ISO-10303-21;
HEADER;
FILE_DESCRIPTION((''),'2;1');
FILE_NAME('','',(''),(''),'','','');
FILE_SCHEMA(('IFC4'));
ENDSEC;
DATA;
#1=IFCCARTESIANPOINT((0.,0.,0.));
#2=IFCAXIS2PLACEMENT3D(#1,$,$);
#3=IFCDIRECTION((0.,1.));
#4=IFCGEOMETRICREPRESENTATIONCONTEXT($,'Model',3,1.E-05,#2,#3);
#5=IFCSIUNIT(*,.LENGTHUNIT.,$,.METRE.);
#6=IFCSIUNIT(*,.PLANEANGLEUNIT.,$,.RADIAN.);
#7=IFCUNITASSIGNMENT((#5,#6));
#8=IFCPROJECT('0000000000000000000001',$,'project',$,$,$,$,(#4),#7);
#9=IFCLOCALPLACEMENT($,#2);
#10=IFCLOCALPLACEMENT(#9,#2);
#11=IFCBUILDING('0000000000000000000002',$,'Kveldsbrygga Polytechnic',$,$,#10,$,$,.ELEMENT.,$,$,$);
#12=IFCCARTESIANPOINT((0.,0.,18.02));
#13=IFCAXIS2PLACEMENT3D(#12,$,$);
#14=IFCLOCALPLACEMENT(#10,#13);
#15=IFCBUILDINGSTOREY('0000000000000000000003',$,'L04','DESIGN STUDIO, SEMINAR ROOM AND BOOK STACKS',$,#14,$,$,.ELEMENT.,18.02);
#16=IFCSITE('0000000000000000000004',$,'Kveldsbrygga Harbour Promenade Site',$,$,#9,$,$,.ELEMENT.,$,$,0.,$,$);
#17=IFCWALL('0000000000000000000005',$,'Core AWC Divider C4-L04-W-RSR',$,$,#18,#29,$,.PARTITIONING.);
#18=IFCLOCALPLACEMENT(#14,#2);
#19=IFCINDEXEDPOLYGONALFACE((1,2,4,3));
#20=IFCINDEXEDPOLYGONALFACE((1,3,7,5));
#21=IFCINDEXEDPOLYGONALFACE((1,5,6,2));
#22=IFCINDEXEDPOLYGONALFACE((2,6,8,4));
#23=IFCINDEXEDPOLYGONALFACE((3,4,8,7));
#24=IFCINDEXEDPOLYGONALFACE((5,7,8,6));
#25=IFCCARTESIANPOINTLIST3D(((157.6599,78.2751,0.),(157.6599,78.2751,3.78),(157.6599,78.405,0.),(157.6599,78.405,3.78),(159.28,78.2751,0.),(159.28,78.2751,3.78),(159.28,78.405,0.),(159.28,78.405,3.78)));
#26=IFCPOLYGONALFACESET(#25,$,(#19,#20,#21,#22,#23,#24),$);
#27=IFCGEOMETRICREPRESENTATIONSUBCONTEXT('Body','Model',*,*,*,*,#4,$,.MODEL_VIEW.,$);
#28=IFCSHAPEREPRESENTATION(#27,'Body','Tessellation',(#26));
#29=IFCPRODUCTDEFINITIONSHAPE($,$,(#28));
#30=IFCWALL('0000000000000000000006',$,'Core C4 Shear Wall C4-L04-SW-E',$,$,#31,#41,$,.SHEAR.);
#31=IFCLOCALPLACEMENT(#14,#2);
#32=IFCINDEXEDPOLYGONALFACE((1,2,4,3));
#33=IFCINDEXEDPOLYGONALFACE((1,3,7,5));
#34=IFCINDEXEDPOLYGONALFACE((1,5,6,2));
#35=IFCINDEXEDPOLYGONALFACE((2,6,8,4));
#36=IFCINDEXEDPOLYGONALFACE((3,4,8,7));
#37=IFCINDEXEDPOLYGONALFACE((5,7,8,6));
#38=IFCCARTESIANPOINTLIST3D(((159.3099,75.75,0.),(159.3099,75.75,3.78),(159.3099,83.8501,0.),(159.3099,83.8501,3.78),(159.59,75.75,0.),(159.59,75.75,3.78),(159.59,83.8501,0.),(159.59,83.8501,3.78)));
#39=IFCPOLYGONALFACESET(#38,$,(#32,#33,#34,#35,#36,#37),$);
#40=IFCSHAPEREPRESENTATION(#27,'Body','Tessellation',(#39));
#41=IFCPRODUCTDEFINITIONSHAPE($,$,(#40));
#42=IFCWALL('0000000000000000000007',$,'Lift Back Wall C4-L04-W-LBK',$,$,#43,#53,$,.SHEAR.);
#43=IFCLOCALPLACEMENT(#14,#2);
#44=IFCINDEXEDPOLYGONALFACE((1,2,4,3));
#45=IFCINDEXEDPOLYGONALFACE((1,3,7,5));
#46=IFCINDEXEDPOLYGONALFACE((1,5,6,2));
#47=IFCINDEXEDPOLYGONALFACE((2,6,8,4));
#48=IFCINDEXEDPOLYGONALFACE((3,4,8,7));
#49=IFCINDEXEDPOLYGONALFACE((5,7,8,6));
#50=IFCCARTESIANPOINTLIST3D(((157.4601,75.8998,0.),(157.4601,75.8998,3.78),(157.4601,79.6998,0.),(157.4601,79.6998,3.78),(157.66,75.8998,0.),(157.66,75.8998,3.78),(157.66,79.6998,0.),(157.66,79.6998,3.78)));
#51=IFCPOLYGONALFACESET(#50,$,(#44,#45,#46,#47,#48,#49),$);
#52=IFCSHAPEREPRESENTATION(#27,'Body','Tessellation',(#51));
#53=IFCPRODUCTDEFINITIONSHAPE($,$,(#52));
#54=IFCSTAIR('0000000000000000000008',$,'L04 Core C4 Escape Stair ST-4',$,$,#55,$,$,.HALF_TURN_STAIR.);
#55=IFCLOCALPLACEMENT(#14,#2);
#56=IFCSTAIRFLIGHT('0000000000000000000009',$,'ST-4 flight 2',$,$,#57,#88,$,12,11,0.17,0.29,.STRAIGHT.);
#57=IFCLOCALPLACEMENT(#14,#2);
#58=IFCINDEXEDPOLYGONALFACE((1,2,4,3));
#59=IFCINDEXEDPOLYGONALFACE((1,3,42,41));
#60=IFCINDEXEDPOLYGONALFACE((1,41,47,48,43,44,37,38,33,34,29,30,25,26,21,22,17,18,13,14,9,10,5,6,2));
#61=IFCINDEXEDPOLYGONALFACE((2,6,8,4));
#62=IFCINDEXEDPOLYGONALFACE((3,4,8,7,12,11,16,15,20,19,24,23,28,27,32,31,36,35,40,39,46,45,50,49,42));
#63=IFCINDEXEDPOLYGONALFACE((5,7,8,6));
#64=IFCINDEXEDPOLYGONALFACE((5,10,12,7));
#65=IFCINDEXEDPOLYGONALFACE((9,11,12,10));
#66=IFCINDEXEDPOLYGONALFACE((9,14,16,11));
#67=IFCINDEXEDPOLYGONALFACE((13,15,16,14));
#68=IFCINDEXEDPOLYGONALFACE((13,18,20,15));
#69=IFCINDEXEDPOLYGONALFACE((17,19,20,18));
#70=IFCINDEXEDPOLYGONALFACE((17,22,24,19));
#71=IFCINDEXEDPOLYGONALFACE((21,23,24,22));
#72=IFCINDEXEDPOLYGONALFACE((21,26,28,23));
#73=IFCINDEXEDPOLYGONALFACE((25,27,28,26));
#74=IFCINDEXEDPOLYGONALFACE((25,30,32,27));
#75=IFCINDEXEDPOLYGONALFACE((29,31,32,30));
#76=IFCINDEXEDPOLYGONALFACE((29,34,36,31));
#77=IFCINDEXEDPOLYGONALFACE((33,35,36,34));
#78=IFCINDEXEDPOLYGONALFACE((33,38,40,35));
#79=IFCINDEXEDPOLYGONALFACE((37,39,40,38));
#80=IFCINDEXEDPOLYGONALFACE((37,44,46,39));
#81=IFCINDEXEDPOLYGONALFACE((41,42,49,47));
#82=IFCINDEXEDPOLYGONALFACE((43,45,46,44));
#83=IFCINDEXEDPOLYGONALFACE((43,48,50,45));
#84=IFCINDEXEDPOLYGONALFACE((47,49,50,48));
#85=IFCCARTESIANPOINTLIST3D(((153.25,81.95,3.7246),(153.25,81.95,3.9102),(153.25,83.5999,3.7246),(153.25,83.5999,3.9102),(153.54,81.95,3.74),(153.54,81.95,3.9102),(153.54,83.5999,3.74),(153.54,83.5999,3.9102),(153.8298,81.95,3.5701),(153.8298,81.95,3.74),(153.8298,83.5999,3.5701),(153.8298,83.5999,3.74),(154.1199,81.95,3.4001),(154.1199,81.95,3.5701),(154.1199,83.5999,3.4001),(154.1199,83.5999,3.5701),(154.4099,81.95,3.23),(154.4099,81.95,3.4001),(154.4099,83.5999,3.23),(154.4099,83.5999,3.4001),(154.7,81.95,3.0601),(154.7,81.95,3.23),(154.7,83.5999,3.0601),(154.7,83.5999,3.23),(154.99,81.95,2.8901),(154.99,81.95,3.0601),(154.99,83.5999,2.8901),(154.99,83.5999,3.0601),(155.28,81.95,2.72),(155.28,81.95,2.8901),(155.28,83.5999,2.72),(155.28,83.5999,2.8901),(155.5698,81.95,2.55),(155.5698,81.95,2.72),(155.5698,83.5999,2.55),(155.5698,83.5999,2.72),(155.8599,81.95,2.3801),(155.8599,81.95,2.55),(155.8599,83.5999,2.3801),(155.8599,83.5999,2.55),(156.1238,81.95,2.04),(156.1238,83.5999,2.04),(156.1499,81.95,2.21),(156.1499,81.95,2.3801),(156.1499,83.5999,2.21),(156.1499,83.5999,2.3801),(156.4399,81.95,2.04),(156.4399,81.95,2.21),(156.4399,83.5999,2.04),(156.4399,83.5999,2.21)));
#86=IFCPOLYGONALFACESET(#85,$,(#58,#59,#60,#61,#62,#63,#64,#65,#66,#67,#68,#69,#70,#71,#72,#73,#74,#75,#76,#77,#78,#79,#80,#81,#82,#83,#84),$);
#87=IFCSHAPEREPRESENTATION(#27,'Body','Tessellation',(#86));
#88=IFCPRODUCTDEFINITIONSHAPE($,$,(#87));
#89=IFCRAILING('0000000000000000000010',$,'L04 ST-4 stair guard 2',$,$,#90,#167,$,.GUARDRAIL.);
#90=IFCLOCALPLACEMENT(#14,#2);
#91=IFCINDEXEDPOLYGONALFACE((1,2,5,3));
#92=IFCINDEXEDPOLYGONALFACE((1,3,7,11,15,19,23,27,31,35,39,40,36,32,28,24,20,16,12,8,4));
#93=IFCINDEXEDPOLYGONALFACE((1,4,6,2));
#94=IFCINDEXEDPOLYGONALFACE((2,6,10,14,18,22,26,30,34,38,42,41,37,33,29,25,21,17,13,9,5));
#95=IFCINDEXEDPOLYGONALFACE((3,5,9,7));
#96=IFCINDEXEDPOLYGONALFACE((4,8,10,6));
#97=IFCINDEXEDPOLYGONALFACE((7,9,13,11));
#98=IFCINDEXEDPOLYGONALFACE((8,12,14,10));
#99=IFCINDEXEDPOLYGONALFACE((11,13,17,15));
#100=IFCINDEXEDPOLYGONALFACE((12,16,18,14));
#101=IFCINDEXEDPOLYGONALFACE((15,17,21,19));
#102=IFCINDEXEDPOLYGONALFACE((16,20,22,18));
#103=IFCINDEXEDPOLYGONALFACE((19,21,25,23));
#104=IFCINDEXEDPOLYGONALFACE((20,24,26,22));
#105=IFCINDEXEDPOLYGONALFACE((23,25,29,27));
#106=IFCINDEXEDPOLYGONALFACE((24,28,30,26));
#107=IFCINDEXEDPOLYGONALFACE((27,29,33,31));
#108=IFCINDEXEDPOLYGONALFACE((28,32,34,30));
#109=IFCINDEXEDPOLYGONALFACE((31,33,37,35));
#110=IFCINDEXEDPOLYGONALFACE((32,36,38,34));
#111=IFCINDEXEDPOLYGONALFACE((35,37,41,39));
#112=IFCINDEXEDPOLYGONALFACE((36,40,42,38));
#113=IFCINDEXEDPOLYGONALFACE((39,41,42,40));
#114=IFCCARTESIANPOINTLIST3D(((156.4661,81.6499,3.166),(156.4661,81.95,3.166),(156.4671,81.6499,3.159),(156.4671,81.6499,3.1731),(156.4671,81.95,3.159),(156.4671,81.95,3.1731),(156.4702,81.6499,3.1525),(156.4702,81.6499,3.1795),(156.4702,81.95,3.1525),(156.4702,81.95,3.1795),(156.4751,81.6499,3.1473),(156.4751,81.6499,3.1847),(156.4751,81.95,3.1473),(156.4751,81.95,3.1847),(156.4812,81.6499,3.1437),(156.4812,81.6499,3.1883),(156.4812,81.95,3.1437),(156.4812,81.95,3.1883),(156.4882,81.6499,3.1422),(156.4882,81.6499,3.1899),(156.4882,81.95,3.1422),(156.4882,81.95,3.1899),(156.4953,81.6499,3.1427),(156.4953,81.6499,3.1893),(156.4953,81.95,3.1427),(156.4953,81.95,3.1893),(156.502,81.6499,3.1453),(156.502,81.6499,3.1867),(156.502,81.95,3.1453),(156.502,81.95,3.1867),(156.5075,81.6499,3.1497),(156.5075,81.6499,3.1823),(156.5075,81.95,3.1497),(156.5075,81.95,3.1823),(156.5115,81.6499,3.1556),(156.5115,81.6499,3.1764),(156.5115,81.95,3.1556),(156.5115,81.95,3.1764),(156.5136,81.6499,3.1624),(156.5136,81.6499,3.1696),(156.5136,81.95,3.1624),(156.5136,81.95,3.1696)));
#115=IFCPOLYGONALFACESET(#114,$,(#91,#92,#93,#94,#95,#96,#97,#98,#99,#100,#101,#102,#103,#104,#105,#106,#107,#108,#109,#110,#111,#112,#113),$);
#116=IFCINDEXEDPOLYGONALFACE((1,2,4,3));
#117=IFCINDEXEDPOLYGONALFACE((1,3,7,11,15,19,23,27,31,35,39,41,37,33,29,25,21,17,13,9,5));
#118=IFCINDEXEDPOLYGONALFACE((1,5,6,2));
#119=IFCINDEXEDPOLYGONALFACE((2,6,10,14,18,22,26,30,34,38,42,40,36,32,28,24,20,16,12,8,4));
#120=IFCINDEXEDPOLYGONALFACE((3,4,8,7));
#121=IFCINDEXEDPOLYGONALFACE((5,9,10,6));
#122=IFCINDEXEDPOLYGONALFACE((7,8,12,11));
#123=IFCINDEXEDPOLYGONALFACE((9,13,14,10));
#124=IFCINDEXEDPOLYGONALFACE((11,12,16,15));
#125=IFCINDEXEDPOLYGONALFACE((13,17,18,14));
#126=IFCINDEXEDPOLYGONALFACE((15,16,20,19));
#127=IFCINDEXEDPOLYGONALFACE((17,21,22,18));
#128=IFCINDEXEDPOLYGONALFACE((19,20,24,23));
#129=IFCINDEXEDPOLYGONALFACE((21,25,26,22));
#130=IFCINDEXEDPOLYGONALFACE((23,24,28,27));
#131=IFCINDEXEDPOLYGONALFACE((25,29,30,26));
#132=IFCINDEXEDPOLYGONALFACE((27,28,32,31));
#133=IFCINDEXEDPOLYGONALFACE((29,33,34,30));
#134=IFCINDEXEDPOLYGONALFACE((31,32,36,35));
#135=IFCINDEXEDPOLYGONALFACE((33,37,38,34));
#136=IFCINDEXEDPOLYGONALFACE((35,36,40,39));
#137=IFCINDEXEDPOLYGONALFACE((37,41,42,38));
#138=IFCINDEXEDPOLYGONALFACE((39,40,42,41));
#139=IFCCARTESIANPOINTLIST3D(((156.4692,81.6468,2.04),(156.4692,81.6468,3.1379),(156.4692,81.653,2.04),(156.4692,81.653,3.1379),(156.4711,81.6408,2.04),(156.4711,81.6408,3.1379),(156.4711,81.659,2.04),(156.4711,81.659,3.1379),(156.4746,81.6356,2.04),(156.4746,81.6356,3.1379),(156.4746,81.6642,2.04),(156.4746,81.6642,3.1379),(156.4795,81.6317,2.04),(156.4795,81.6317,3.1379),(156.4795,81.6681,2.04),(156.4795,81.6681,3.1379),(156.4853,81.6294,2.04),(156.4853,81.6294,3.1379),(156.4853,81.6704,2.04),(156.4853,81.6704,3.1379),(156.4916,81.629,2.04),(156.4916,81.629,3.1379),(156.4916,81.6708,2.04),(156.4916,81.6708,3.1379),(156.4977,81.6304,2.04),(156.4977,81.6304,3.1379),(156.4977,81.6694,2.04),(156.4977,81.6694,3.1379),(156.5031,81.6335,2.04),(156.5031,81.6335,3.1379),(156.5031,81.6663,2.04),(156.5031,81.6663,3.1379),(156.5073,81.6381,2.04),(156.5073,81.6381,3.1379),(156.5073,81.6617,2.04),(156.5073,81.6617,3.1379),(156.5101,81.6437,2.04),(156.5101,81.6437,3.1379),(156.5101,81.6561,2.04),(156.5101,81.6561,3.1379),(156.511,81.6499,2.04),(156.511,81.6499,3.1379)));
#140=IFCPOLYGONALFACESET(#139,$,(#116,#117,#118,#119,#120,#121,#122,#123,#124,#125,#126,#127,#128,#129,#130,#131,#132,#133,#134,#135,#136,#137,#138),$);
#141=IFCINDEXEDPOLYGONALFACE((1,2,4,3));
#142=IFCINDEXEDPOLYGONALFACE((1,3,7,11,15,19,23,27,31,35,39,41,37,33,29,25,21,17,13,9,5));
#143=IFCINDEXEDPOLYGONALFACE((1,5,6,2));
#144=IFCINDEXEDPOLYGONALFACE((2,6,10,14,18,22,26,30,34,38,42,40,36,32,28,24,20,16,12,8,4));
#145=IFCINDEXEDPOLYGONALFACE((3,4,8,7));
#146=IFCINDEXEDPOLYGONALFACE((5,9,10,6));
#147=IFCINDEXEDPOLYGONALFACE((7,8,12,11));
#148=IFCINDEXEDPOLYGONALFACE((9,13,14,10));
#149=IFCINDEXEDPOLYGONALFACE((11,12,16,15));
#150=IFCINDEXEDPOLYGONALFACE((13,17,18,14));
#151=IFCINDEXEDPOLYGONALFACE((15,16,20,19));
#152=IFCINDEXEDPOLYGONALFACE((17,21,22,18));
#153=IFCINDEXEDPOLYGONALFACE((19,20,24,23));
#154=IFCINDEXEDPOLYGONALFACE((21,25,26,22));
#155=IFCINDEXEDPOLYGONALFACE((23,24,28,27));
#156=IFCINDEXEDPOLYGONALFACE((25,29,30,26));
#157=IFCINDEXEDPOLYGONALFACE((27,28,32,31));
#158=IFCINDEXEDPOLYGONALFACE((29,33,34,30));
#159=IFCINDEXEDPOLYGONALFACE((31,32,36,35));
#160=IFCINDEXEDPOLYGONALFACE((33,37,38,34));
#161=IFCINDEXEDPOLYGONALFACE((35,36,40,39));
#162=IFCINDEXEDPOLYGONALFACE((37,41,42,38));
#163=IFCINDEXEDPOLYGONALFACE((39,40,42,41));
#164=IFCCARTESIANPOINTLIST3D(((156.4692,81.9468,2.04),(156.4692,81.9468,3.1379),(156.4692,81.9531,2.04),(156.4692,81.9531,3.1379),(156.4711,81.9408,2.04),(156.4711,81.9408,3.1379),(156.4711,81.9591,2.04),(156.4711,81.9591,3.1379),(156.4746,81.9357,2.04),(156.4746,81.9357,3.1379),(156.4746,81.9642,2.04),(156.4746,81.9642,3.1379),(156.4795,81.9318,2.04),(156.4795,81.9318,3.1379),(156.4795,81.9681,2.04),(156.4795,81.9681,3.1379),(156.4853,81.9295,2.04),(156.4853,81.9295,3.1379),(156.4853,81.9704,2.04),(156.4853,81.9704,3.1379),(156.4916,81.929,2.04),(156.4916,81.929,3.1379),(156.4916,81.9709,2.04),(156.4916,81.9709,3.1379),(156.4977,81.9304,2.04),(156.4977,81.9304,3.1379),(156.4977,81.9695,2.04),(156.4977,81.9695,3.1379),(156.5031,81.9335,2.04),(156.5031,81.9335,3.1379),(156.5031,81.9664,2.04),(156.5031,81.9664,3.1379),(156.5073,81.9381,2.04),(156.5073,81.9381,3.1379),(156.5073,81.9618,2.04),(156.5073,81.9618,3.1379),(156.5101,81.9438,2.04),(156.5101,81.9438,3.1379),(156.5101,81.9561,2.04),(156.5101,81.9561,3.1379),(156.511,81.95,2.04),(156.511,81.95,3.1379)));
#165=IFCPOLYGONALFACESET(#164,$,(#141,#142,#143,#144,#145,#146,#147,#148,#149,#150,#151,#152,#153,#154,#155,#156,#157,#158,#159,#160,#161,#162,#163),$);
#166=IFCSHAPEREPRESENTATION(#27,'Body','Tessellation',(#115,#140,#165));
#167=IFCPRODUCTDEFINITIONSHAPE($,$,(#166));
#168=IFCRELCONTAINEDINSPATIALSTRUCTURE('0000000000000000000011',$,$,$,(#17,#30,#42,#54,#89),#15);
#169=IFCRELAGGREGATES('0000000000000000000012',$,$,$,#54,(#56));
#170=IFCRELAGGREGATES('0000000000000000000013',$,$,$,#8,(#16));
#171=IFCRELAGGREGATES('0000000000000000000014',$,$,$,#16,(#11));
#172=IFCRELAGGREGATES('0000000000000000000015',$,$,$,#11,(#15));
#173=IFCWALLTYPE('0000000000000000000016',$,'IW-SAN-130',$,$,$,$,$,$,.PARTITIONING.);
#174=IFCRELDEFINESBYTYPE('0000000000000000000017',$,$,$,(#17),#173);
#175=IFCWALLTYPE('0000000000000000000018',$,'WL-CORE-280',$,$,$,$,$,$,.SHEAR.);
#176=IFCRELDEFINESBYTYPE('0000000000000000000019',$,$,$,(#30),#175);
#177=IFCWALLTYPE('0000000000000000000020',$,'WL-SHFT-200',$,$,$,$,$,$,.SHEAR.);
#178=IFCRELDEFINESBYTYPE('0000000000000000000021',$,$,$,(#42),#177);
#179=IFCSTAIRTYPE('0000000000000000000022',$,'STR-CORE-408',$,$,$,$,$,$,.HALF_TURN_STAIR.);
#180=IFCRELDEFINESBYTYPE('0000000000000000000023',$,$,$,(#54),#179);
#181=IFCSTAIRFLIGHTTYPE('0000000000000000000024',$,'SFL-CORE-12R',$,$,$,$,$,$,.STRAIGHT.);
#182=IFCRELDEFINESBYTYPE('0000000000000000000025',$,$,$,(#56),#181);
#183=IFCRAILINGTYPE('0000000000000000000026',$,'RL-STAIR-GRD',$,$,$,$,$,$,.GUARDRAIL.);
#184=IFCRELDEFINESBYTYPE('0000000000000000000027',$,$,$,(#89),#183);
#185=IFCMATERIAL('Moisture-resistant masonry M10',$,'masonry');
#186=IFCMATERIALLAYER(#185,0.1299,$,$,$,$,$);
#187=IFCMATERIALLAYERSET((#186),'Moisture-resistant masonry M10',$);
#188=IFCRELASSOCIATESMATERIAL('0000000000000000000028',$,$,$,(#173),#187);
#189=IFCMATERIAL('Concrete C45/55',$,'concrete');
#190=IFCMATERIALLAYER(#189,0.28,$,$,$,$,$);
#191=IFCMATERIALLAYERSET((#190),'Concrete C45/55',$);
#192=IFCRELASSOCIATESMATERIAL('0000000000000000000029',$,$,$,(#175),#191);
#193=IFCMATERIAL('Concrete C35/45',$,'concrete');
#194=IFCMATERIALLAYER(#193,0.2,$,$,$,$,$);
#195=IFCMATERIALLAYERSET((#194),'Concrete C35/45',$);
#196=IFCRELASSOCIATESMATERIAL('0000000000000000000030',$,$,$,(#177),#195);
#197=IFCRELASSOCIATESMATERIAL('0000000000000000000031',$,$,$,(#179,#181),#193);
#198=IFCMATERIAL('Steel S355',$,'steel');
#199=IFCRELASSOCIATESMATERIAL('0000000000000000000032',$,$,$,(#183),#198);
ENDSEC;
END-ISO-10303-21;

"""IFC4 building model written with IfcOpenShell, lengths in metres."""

from ifc_helpers import new_model, si_unit, direction, frame, frame_2d, origin, origin_2d, place, context, subcontext, project, spatial, polyline, rectangle, circle, outline, extrude, material, layer, layer_set, type_object, element, aggregate, save


model = new_model("IFC4")

# Units and contexts
model_context = context("Model", 3, precision=1e-05, world=origin(), true_north=direction((0.0, 1.0)))
body_context = subcontext(model_context, "Body", "Model", "MODEL_VIEW")
ifc_project = project(units=[si_unit("LENGTHUNIT", "METRE"), si_unit("PLANEANGLEUNIT", "RADIAN")], contexts=[model_context])

# Site, building, storey
site_placement = place(None, origin())
site = spatial("IfcSite", under=ifc_project, at=site_placement, Name="Kveldsbrygga Harbour Promenade Site", CompositionType="ELEMENT", RefElevation=0.0)
building_placement = place(site_placement, origin())
building = spatial("IfcBuilding", under=site, at=building_placement, Name="Kveldsbrygga Polytechnic", CompositionType="ELEMENT")
storey_placement = place(building_placement, frame((0.0, 0.0, 18.02)))
storey = spatial("IfcBuildingStorey", under=building, at=storey_placement, Name="L04", Description="DESIGN STUDIO, SEMINAR ROOM AND BOOK STACKS", CompositionType="ELEMENT", Elevation=18.02)

# Shared definitions
ifc_material_1 = material(Name="Concrete C45/55", Category="concrete")

# Shared definitions
ifc_material_2 = material(Name="Concrete C35/45", Category="concrete")
ifc_material_3 = material(Name="Steel S355", Category="steel")

# Walls
ifc_material_4 = material(Name="Moisture-resistant masonry M10", Category="masonry")
ifc_layer_1 = layer(ifc_material_4, 0.1299)
ifc_layer_set_1 = layer_set([ifc_layer_1], Name="Moisture-resistant masonry M10")
wall_type_1 = type_object("IfcWallType", Name="IW-SAN-130", PredefinedType="PARTITIONING", material=ifc_layer_set_1)
wall_1_placement = place(storey_placement, frame((157.6599, 78.3401, 0.0), z_axis=(0.0, 0.0, 1.0), x_axis=(1.0, 0.0, 0.0)))
element("IfcWall", 1, at=wall_1_placement, inside=storey, type_object=wall_type_1, Name="Core AWC Divider C4-L04-W-RSR", PredefinedType="PARTITIONING", context=body_context, shape_type="SweptSolid", body=[
    extrude(rectangle(XDim=1.6201, YDim=0.1299, at=frame_2d((0.8101, 0.0))), origin(), (0.0, 0.0, 1.0), 3.78),
])
ifc_layer_2 = layer(ifc_material_1, 0.28)
ifc_layer_set_2 = layer_set([ifc_layer_2], Name="Concrete C45/55")
wall_type_2 = type_object("IfcWallType", Name="WL-CORE-280", PredefinedType="SHEAR", material=ifc_layer_set_2)
wall_2_placement = place(storey_placement, frame((159.45, 75.75, 0.0), z_axis=(0.0, 0.0, 1.0), x_axis=(0.0, 1.0, 0.0)))
element("IfcWall", 2, at=wall_2_placement, inside=storey, type_object=wall_type_2, Name="Core C4 Shear Wall C4-L04-SW-E", PredefinedType="SHEAR", context=body_context, shape_type="SweptSolid", body=[
    extrude(rectangle(XDim=8.1001, YDim=0.28, at=frame_2d((4.05, 0.0))), origin(), (0.0, 0.0, 1.0), 3.78),
])
ifc_layer_3 = layer(ifc_material_2, 0.2)
ifc_layer_set_3 = layer_set([ifc_layer_3], Name="Concrete C35/45")
wall_type_3 = type_object("IfcWallType", Name="WL-SHFT-200", PredefinedType="SHEAR", material=ifc_layer_set_3)
wall_3_placement = place(storey_placement, frame((157.5601, 75.8999, 0.0), z_axis=(0.0, 0.0, 1.0), x_axis=(0.0, 1.0, 0.0)))
element("IfcWall", 3, at=wall_3_placement, inside=storey, type_object=wall_type_3, Name="Lift Back Wall C4-L04-W-LBK", PredefinedType="SHEAR", context=body_context, shape_type="SweptSolid", body=[
    extrude(rectangle(XDim=3.8, YDim=0.2, at=frame_2d((1.8999, 0.0))), origin(), (0.0, 0.0, 1.0), 3.78),
])

# Stair, stair flight
stair_type = type_object("IfcStairType", Name="STR-CORE-408", PredefinedType="HALF_TURN_STAIR", material=ifc_material_2)
stair_placement = place(storey_placement, origin())
stair = element("IfcStair", 4, at=stair_placement, inside=storey, type_object=stair_type, Name="L04 Core C4 Escape Stair ST-4", PredefinedType="HALF_TURN_STAIR")
stair_flight_type = type_object("IfcStairFlightType", Name="SFL-CORE-12R", PredefinedType="STRAIGHT", material=ifc_material_2)
stair_flight_placement = place(storey_placement, frame((156.4399, 82.7749, 2.04), z_axis=(0.0, 0.0, 1.0), x_axis=(-1.0, 0.0, 0.0)))
stair_flight = element("IfcStairFlight", 5, at=stair_flight_placement, type_object=stair_flight_type, Name="ST-4 flight 2", NumberOfRisers=12, NumberOfTreads=11, PredefinedType="STRAIGHT", RiserHeight=0.17, TreadLength=0.29, context=body_context, shape_type="SweptSolid", body=[
    extrude(outline(polyline([(0.0, 0.0), (0.0, 0.1699), (0.29, 0.1699), (0.29, 0.3401), (0.5801, 0.3401), (0.5801, 0.51), (0.8701, 0.51), (0.8701, 0.6799), (1.1599, 0.6799), (1.1599, 0.8501), (1.45, 0.8501), (1.45, 1.02), (1.74, 1.02), (1.74, 1.1899), (2.03, 1.1899), (2.03, 1.3601), (2.3201, 1.3601), (2.3201, 1.53), (2.6101, 1.53), (2.6101, 1.7), (2.8999, 1.7), (2.8999, 1.8701), (3.1899, 1.8701), (3.1899, 2.04), (3.1899, 1.6846), (0.3162, 0.0), (0.0, 0.0)])), frame((0.0, 0.825, 0.0), z_axis=(0.0, -1.0, 0.0), x_axis=(1.0, 0.0, 0.0)), (0.0, 0.0, 1.0), 1.6499),
])
aggregate(stair, [stair_flight])

# Railing
railing_type_1 = type_object("IfcRailingType", Name="RL-STAIR-GRD", PredefinedType="GUARDRAIL", material=ifc_material_3)
railing_1_placement = place(storey_placement, frame((156.49, 81.6499, 2.04)))
element("IfcRailing", 6, at=railing_1_placement, inside=storey, type_object=railing_type_1, Name="L04 ST-4 stair guard 2", PredefinedType="GUARDRAIL", context=body_context, shape_type="SweptSolid", body=[
    extrude(circle(Radius=0.0239, at=origin_2d()), frame((0.0, 0.0, 1.126), z_axis=(0.0, 1.0, 0.0), x_axis=(-1.0, 0.0, 0.0)), (0.0, 0.0, 1.0), 0.3),
    extrude(circle(Radius=0.021, at=origin_2d()), origin(), (0.0, 0.0, 1.0), 1.0979),
    extrude(circle(Radius=0.021, at=origin_2d()), frame((0.0, 0.3, 0.0)), (0.0, 0.0, 1.0), 1.0979),
])

save(model, "model.ifc")
